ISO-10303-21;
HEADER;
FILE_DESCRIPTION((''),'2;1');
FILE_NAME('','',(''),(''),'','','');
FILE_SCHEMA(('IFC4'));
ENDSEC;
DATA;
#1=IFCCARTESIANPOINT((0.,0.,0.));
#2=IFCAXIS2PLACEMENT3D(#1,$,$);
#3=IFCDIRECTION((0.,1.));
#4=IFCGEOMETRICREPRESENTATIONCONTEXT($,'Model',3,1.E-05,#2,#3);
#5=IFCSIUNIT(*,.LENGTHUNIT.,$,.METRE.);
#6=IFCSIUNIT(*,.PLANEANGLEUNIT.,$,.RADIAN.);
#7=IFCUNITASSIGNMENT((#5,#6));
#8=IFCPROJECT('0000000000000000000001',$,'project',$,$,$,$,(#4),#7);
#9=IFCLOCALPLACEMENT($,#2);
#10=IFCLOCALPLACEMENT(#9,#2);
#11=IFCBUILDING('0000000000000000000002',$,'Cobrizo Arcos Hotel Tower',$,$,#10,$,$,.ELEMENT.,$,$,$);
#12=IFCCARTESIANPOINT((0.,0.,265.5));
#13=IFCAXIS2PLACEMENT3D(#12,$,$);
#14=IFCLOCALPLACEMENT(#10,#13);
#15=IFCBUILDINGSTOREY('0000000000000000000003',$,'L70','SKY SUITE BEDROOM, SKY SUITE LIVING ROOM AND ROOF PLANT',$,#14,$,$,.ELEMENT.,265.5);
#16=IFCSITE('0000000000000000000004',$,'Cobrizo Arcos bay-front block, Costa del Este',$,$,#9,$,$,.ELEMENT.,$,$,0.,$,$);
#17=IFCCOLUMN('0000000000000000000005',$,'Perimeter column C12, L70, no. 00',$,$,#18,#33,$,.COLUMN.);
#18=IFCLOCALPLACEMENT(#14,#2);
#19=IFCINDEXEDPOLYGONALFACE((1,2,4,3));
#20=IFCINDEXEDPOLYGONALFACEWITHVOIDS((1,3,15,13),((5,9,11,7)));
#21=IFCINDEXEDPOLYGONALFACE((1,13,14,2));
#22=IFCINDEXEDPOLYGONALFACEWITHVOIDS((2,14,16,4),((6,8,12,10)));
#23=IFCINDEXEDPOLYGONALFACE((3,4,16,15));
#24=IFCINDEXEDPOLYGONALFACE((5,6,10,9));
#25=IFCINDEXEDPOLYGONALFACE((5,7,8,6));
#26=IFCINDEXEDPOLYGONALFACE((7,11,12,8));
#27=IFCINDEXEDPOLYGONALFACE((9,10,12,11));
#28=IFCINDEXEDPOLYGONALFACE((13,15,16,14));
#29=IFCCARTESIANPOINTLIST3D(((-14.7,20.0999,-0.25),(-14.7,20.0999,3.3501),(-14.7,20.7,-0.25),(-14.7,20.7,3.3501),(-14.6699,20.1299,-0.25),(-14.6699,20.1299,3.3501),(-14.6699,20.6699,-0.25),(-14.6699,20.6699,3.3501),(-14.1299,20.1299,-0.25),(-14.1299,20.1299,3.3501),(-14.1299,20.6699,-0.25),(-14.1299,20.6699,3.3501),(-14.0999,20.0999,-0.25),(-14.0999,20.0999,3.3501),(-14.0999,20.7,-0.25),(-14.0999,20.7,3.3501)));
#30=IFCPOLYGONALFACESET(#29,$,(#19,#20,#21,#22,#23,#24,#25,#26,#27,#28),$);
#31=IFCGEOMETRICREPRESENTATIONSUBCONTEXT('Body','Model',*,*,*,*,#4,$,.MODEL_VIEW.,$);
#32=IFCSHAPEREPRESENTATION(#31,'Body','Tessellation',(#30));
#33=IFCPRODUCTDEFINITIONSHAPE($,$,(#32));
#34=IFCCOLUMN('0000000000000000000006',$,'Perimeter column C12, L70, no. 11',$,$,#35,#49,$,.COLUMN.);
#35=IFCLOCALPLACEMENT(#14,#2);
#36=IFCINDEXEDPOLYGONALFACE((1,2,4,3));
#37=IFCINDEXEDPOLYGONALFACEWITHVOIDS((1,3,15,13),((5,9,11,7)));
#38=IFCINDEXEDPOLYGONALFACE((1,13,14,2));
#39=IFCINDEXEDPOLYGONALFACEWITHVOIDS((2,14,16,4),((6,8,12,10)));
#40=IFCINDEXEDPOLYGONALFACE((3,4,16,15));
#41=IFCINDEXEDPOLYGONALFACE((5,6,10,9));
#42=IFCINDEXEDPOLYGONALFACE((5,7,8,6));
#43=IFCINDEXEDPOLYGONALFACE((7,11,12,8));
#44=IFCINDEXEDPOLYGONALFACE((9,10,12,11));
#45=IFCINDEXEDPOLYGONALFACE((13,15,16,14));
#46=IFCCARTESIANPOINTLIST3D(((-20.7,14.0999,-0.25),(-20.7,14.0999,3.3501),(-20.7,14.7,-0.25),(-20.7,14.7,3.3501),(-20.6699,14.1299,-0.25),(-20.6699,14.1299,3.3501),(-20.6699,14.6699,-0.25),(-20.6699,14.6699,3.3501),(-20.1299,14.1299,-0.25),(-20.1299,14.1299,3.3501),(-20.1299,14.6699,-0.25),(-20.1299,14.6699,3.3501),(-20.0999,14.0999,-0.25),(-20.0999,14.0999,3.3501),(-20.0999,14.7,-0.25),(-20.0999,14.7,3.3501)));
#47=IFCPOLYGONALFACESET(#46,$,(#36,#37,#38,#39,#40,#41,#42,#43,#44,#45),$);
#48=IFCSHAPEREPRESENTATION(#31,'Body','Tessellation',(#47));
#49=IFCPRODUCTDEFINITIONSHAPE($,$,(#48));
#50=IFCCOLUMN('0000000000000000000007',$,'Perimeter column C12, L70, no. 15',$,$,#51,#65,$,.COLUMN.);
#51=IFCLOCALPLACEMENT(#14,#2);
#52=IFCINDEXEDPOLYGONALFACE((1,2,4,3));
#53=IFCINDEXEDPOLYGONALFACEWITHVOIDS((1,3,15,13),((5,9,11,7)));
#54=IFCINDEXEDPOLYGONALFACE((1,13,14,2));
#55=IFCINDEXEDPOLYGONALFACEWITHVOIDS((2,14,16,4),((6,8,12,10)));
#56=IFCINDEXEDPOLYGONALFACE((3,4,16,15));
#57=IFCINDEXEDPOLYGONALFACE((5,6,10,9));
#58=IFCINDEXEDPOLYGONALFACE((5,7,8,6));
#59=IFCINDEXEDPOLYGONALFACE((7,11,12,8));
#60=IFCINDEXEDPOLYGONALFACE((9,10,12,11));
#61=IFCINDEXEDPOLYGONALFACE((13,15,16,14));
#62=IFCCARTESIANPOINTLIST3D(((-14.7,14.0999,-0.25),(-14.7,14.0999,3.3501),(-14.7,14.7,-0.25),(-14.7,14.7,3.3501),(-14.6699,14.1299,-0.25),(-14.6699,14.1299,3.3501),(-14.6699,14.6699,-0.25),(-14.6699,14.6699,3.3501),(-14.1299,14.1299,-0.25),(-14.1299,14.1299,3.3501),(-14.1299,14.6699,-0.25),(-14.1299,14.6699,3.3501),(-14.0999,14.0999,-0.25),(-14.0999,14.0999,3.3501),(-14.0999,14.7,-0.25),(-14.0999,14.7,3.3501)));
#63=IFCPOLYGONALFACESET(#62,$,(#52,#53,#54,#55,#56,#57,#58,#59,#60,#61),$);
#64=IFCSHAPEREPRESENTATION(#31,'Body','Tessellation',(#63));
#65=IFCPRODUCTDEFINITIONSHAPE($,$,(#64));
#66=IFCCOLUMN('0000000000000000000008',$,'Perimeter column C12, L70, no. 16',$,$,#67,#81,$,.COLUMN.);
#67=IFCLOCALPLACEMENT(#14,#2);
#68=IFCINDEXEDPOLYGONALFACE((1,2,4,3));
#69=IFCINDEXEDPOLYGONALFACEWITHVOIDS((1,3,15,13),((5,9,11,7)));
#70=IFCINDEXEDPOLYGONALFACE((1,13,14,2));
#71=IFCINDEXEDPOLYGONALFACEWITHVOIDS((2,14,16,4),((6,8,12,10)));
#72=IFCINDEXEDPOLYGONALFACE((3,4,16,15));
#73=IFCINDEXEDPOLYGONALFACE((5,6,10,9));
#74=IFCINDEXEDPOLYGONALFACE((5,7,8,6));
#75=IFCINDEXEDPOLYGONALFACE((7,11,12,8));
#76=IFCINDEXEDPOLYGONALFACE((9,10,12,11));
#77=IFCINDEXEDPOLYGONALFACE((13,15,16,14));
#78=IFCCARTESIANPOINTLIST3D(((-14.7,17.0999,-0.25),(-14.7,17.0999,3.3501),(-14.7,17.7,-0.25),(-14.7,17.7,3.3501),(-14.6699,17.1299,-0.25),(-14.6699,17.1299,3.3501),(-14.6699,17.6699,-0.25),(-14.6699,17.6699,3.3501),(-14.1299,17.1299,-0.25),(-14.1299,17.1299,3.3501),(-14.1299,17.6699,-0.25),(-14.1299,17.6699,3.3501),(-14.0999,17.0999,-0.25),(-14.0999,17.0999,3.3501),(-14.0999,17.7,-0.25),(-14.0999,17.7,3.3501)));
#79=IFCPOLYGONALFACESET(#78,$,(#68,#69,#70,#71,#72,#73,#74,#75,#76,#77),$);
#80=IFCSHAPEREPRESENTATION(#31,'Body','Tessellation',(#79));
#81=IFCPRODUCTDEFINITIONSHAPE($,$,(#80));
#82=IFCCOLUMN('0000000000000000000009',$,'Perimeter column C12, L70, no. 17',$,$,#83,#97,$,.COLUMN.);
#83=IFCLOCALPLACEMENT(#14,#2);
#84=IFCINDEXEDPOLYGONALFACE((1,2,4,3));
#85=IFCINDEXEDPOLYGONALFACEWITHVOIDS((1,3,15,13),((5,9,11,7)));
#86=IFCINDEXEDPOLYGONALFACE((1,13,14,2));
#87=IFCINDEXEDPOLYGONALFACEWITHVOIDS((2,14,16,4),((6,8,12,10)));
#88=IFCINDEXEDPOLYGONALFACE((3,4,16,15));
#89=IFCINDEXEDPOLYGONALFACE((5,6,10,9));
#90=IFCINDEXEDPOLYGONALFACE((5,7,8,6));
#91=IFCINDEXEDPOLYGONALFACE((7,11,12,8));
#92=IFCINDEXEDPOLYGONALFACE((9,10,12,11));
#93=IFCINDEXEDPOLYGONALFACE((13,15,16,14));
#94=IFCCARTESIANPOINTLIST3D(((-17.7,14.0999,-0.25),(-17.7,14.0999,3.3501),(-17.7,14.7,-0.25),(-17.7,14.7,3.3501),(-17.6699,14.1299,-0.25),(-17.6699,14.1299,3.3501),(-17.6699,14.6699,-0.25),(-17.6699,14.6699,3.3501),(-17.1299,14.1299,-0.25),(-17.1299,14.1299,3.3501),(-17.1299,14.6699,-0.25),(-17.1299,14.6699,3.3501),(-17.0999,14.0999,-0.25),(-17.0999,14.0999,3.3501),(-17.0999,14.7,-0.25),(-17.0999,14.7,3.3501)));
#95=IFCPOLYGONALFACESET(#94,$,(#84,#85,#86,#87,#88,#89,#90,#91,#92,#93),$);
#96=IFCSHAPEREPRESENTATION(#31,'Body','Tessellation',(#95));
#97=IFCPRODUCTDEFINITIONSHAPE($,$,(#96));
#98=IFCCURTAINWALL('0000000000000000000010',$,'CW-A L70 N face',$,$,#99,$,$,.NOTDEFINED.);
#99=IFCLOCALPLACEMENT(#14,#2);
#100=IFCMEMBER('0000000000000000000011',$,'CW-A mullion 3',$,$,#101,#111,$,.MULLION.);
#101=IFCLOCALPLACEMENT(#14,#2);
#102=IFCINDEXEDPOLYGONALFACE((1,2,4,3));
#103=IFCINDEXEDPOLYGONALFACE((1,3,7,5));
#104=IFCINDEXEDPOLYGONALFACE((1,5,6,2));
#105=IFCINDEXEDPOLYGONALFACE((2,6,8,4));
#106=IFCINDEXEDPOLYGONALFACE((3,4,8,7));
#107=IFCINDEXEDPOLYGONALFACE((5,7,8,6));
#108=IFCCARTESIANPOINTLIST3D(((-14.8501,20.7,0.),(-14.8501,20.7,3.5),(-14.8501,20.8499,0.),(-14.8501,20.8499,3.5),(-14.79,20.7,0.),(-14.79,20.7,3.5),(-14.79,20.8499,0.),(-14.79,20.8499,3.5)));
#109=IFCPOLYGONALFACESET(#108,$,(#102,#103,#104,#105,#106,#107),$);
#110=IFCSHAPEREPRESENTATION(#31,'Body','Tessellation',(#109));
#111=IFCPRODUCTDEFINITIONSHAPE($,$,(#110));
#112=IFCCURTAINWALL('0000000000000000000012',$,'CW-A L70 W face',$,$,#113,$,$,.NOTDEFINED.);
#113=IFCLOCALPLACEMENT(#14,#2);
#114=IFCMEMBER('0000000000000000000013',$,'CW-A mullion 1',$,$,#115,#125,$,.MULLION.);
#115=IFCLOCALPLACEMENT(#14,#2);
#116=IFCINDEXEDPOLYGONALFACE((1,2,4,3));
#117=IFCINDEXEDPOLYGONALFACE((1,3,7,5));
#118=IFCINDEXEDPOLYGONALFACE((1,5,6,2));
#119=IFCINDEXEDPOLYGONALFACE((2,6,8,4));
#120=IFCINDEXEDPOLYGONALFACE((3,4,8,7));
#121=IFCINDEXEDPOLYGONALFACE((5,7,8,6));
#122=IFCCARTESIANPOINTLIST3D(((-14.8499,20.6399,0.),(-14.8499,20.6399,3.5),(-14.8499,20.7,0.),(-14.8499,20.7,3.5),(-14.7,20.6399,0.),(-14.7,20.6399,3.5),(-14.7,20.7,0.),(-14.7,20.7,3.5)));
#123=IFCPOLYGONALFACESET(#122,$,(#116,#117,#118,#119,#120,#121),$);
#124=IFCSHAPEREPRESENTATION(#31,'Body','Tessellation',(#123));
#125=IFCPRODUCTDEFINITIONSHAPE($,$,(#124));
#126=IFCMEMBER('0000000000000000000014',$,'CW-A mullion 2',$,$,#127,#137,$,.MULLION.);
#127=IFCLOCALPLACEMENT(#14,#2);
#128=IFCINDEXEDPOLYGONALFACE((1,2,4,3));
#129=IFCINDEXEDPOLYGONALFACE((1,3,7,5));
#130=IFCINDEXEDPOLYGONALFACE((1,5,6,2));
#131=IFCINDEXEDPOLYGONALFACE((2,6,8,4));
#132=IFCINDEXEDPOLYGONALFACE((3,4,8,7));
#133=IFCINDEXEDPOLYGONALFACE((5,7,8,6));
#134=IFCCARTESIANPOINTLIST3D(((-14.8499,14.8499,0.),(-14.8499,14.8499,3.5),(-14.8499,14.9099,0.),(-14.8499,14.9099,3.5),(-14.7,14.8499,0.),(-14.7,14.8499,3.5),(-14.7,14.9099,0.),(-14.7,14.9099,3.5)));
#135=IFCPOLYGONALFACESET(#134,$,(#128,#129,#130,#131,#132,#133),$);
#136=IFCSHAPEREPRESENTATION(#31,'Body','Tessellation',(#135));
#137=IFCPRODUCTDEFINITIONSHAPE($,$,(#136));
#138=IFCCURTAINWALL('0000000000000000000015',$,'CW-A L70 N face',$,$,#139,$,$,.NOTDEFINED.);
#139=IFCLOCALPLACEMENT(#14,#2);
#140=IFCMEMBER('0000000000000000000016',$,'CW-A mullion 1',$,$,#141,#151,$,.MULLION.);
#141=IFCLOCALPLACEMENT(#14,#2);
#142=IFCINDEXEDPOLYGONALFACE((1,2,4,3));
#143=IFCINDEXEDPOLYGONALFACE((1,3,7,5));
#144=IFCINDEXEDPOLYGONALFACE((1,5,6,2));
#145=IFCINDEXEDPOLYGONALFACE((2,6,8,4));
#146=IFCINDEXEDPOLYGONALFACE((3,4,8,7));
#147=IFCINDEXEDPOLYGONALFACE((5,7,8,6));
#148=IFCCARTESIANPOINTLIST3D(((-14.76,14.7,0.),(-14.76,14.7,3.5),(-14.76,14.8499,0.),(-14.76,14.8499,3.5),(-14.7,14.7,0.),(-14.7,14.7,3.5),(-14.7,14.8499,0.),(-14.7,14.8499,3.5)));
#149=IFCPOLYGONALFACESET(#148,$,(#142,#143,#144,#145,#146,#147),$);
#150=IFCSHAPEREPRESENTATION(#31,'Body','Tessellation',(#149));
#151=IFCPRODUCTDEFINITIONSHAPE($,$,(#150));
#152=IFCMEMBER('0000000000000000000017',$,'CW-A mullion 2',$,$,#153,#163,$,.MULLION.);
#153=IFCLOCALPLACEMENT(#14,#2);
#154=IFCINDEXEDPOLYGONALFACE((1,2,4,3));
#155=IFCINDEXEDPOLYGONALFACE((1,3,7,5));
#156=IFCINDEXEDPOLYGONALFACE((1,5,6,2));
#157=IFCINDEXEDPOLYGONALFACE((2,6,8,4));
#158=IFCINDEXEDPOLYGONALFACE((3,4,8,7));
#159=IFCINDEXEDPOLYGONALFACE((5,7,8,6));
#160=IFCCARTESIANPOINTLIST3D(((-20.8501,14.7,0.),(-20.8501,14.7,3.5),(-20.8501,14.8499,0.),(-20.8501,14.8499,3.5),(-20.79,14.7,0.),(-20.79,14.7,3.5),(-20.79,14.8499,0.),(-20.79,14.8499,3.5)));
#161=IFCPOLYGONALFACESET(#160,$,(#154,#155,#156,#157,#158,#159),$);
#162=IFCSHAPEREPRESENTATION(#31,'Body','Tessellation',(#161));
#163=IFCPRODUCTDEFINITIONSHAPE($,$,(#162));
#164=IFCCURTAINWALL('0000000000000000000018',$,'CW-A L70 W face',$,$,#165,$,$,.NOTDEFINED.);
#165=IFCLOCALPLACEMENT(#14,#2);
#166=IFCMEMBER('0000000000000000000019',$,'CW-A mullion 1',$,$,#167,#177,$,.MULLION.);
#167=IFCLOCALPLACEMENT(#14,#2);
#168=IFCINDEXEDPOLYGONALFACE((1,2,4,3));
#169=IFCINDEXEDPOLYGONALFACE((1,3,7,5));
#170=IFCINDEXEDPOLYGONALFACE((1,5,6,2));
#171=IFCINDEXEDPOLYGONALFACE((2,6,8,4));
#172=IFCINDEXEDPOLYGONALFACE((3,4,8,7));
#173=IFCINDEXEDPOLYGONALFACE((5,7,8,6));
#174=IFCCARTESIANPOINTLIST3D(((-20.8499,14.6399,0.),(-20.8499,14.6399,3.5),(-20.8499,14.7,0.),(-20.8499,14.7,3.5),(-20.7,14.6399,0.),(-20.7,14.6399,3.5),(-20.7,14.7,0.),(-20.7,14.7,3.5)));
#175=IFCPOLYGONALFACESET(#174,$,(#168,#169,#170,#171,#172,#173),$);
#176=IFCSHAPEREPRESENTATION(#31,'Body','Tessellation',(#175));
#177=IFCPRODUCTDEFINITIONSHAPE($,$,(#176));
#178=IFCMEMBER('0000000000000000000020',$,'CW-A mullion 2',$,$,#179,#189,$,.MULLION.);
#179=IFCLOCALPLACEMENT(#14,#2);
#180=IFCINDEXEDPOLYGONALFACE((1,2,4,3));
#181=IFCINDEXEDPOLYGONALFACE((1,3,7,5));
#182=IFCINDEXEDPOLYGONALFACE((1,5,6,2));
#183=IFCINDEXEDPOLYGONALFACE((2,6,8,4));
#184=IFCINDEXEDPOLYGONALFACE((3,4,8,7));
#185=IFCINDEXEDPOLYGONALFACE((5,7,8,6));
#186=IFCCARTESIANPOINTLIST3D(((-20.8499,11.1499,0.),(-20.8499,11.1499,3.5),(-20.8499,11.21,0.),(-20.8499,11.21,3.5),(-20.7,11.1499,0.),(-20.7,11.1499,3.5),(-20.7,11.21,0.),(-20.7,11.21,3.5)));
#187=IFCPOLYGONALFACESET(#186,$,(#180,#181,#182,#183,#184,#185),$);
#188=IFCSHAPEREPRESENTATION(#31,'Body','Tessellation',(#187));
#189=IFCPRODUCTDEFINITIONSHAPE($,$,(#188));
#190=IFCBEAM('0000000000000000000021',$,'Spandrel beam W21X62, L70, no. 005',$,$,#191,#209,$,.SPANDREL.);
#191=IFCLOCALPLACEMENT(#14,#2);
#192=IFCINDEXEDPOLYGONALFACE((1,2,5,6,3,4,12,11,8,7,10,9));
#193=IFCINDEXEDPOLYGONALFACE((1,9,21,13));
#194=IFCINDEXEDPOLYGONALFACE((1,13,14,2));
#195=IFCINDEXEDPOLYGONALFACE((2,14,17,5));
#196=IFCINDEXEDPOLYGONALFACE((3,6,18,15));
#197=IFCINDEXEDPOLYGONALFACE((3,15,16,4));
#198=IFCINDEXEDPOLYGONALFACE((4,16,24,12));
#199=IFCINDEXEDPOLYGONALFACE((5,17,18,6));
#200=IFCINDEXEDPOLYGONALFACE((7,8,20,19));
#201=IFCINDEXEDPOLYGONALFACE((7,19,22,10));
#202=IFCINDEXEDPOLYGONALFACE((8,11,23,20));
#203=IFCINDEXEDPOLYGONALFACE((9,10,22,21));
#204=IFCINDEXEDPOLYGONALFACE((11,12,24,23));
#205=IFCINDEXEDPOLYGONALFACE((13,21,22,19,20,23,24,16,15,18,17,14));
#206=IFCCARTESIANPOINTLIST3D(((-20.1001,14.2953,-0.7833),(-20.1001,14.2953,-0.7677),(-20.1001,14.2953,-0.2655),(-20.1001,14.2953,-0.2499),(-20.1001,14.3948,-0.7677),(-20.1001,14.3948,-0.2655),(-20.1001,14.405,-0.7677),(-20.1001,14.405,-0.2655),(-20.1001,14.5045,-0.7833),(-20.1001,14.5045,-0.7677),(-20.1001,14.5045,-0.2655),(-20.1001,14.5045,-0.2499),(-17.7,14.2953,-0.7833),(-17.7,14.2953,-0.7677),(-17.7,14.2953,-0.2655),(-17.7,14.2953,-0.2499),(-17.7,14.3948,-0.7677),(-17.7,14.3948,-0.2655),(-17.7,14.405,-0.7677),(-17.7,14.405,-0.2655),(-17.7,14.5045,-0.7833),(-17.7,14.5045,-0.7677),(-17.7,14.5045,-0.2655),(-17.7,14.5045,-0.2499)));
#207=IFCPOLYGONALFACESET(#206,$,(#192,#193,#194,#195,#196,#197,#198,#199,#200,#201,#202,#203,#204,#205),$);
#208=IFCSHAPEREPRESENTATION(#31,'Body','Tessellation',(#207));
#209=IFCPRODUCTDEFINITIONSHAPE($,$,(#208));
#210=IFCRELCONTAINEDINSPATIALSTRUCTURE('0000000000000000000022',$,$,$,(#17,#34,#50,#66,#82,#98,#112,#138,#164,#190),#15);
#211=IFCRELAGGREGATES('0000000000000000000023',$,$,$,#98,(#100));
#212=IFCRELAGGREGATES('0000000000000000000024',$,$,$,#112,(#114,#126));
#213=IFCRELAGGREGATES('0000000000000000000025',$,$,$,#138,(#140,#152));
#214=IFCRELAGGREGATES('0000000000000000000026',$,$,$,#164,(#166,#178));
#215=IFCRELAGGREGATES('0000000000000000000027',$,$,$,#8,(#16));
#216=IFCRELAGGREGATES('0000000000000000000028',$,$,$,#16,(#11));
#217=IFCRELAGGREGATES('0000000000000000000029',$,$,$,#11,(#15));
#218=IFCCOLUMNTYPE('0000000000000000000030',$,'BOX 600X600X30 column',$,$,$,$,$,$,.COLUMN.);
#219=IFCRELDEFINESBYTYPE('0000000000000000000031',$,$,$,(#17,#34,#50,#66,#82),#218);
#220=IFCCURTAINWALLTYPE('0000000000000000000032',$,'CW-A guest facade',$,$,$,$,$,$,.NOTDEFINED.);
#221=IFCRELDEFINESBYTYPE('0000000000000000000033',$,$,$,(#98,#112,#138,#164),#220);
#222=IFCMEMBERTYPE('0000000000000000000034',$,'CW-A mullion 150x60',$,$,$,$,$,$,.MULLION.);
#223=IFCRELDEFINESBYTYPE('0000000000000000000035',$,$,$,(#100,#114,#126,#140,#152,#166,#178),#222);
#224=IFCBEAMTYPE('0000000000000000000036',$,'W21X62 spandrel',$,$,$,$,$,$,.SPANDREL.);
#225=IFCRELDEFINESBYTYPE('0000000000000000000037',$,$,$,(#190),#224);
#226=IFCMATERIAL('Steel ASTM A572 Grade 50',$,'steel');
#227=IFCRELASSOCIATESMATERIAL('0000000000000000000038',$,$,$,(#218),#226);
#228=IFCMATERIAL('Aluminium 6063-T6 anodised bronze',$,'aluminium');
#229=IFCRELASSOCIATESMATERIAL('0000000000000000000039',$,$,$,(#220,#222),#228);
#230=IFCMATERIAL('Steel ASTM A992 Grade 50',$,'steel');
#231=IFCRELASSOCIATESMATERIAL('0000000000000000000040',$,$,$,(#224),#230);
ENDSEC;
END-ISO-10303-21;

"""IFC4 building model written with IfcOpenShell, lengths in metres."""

from ifc_helpers import new_model, si_unit, direction, frame, origin, origin_2d, place, context, subcontext, project, spatial, rectangle, hollow_rectangle, i_section, extrude, material, material_profile, profile_set, type_object, element, aggregate, save


model = new_model("IFC4")

# Units and contexts
model_context = context("Model", 3, precision=1e-05, world=origin(), true_north=direction((0.0, 1.0)))
body_context = subcontext(model_context, "Body", "Model", "MODEL_VIEW")
ifc_project = project(units=[si_unit("LENGTHUNIT", "METRE"), si_unit("PLANEANGLEUNIT", "RADIAN")], contexts=[model_context])

# Site, building, storey
site_placement = place(None, origin())
site = spatial("IfcSite", under=ifc_project, at=site_placement, Name="Cobrizo Arcos bay-front block, Costa del Este", CompositionType="ELEMENT", RefElevation=0.0)
building_placement = place(site_placement, origin())
building = spatial("IfcBuilding", under=site, at=building_placement, Name="Cobrizo Arcos Hotel Tower", CompositionType="ELEMENT")
storey_placement = place(building_placement, frame((0.0, 0.0, 265.5)))
storey = spatial("IfcBuildingStorey", under=building, at=storey_placement, Name="L70", Description="SKY SUITE BEDROOM, SKY SUITE LIVING ROOM AND ROOF PLANT", CompositionType="ELEMENT", Elevation=265.5)

# Columns
ifc_material_1 = material(Name="Steel ASTM A572 Grade 50", Category="steel")
ifc_material_profile_1 = material_profile(ifc_material_1, hollow_rectangle(XDim=0.6001, YDim=0.6001, WallThickness=0.03, at=origin_2d()), Name="BOX 600X600X30")
ifc_profile_set_1 = profile_set([ifc_material_profile_1], Name="Steel ASTM A572 Grade 50")
column_type = type_object("IfcColumnType", Name="BOX 600X600X30 column", PredefinedType="COLUMN", material=ifc_profile_set_1)
for number, where, z_axis, x_axis, name in (
    (1, (-14.3999, 20.3999, -0.25), (0.0, 0.0, 1.0), (1.0, 0.0, 0.0), "Perimeter column C12, L70, no. 00"),
    (2, (-20.3999, 14.3999, -0.25), (0.0, 0.0, 1.0), (1.0, 0.0, 0.0), "Perimeter column C12, L70, no. 11"),
    (3, (-14.3999, 14.3999, -0.25), (0.0, 0.0, 1.0), (1.0, 0.0, 0.0), "Perimeter column C12, L70, no. 15"),
    (4, (-14.3999, 17.3999, -0.25), (0.0, 0.0, 1.0), (1.0, 0.0, 0.0), "Perimeter column C12, L70, no. 16"),
    (5, (-17.3999, 14.3999, -0.25), (0.0, 0.0, 1.0), (1.0, 0.0, 0.0), "Perimeter column C12, L70, no. 17"),
):
    element("IfcColumn", number, at=place(storey_placement, frame(where, z_axis=z_axis, x_axis=x_axis)), inside=storey, type_object=column_type, Name=name, PredefinedType="COLUMN", context=body_context, shape_type="SweptSolid", body=[
        extrude(hollow_rectangle(XDim=0.6001, YDim=0.6001, WallThickness=0.03, at=origin_2d()), origin(), (0.0, 0.0, 1.0), 3.6001),
    ])

# Curtain wall, member
ifc_material_2 = material(Name="Aluminium 6063-T6 anodised bronze", Category="aluminium")
curtain_wall_type = type_object("IfcCurtainWallType", Name="CW-A guest facade", PredefinedType="NOTDEFINED", material=ifc_material_2)
curtain_wall_1_placement = place(storey_placement, origin())
curtain_wall_1 = element("IfcCurtainWall", 6, at=curtain_wall_1_placement, inside=storey, type_object=curtain_wall_type, Name="CW-A L70 N face", PredefinedType="NOTDEFINED")
ifc_material_profile_2 = material_profile(ifc_material_2, rectangle(XDim=0.1499, YDim=0.0601, at=origin_2d()), Name="CW-A mullion 150x60")
ifc_profile_set_2 = profile_set([ifc_material_profile_2], Name="Aluminium 6063-T6 anodised bronze")
member_type = type_object("IfcMemberType", Name="CW-A mullion 150x60", PredefinedType="MULLION", material=ifc_profile_set_2)
member_1_placement = place(storey_placement, frame((-14.8201, 20.7749, 0.0), z_axis=(0.0, 0.0, 1.0), x_axis=(0.0, 1.0, 0.0)))
member_1 = element("IfcMember", 7, at=member_1_placement, type_object=member_type, Name="CW-A mullion 3", PredefinedType="MULLION", context=body_context, shape_type="SweptSolid", body=[
    extrude(rectangle(XDim=0.1499, YDim=0.0601, at=origin_2d()), origin(), (0.0, 0.0, 1.0), 3.5),
])
aggregate(curtain_wall_1, [member_1])

# Curtain walls, members
curtain_wall_2_placement = place(storey_placement, origin())
curtain_wall_2 = element("IfcCurtainWall", 8, at=curtain_wall_2_placement, inside=storey, type_object=curtain_wall_type, Name="CW-A L70 W face", PredefinedType="NOTDEFINED")
member_2_placement = place(storey_placement, frame((-14.7749, 20.6699, 0.0), z_axis=(0.0, 0.0, 1.0), x_axis=(-1.0, 0.0, 0.0)))
member_2 = element("IfcMember", 9, at=member_2_placement, type_object=member_type, Name="CW-A mullion 1", PredefinedType="MULLION", context=body_context, shape_type="SweptSolid", body=[
    extrude(rectangle(XDim=0.1499, YDim=0.0601, at=origin_2d()), origin(), (0.0, 0.0, 1.0), 3.5),
])
member_3_placement = place(storey_placement, frame((-14.7749, 14.8799, 0.0), z_axis=(0.0, 0.0, 1.0), x_axis=(-1.0, 0.0, 0.0)))
member_3 = element("IfcMember", 10, at=member_3_placement, type_object=member_type, Name="CW-A mullion 2", PredefinedType="MULLION", context=body_context, shape_type="SweptSolid", body=[
    extrude(rectangle(XDim=0.1499, YDim=0.0601, at=origin_2d()), origin(), (0.0, 0.0, 1.0), 3.5),
])
curtain_wall_3_placement = place(storey_placement, origin())
curtain_wall_3 = element("IfcCurtainWall", 11, at=curtain_wall_3_placement, inside=storey, type_object=curtain_wall_type, Name="CW-A L70 N face", PredefinedType="NOTDEFINED")
member_4_placement = place(storey_placement, frame((-14.73, 14.7749, 0.0), z_axis=(0.0, 0.0, 1.0), x_axis=(0.0, 1.0, 0.0)))
member_4 = element("IfcMember", 12, at=member_4_placement, type_object=member_type, Name="CW-A mullion 1", PredefinedType="MULLION", context=body_context, shape_type="SweptSolid", body=[
    extrude(rectangle(XDim=0.1499, YDim=0.0601, at=origin_2d()), origin(), (0.0, 0.0, 1.0), 3.5),
])
member_5_placement = place(storey_placement, frame((-20.8201, 14.7749, 0.0), z_axis=(0.0, 0.0, 1.0), x_axis=(0.0, 1.0, 0.0)))
member_5 = element("IfcMember", 13, at=member_5_placement, type_object=member_type, Name="CW-A mullion 2", PredefinedType="MULLION", context=body_context, shape_type="SweptSolid", body=[
    extrude(rectangle(XDim=0.1499, YDim=0.0601, at=origin_2d()), origin(), (0.0, 0.0, 1.0), 3.5),
])
curtain_wall_4_placement = place(storey_placement, origin())
curtain_wall_4 = element("IfcCurtainWall", 14, at=curtain_wall_4_placement, inside=storey, type_object=curtain_wall_type, Name="CW-A L70 W face", PredefinedType="NOTDEFINED")
member_6_placement = place(storey_placement, frame((-20.7749, 14.6699, 0.0), z_axis=(0.0, 0.0, 1.0), x_axis=(-1.0, 0.0, 0.0)))
member_6 = element("IfcMember", 15, at=member_6_placement, type_object=member_type, Name="CW-A mullion 1", PredefinedType="MULLION", context=body_context, shape_type="SweptSolid", body=[
    extrude(rectangle(XDim=0.1499, YDim=0.0601, at=origin_2d()), origin(), (0.0, 0.0, 1.0), 3.5),
])
member_7_placement = place(storey_placement, frame((-20.7749, 11.1799, 0.0), z_axis=(0.0, 0.0, 1.0), x_axis=(-1.0, 0.0, 0.0)))
member_7 = element("IfcMember", 16, at=member_7_placement, type_object=member_type, Name="CW-A mullion 2", PredefinedType="MULLION", context=body_context, shape_type="SweptSolid", body=[
    extrude(rectangle(XDim=0.1499, YDim=0.0601, at=origin_2d()), origin(), (0.0, 0.0, 1.0), 3.5),
])

# Beam
ifc_material_3 = material(Name="Steel ASTM A992 Grade 50", Category="steel")
ifc_material_profile_3 = material_profile(ifc_material_3, i_section(OverallWidth=0.2092, OverallDepth=0.5334, WebThickness=0.0103, FlangeThickness=0.0156, at=origin_2d()), Name="W21X62")
ifc_profile_set_3 = profile_set([ifc_material_profile_3], Name="Steel ASTM A992 Grade 50")
beam_type = type_object("IfcBeamType", Name="W21X62 spandrel", PredefinedType="SPANDREL", material=ifc_profile_set_3)
for number, where, z_axis, x_axis, name in (
    (17, (-20.1001, 14.3999, -0.5166), (1.0, 0.0, 0.0), (0.0, 1.0, 0.0), "Spandrel beam W21X62, L70, no. 005"),
):
    element("IfcBeam", number, at=place(storey_placement, frame(where, z_axis=z_axis, x_axis=x_axis)), inside=storey, type_object=beam_type, Name=name, PredefinedType="SPANDREL", context=body_context, shape_type="SweptSolid", body=[
        extrude(i_section(OverallWidth=0.2092, OverallDepth=0.5334, WebThickness=0.0103, FlangeThickness=0.0156, at=origin_2d()), origin(), (0.0, 0.0, 1.0), 2.4001),
    ])

aggregate(curtain_wall_2, [member_2, member_3])
aggregate(curtain_wall_3, [member_4, member_5])
aggregate(curtain_wall_4, [member_6, member_7])

save(model, "model.ifc")
